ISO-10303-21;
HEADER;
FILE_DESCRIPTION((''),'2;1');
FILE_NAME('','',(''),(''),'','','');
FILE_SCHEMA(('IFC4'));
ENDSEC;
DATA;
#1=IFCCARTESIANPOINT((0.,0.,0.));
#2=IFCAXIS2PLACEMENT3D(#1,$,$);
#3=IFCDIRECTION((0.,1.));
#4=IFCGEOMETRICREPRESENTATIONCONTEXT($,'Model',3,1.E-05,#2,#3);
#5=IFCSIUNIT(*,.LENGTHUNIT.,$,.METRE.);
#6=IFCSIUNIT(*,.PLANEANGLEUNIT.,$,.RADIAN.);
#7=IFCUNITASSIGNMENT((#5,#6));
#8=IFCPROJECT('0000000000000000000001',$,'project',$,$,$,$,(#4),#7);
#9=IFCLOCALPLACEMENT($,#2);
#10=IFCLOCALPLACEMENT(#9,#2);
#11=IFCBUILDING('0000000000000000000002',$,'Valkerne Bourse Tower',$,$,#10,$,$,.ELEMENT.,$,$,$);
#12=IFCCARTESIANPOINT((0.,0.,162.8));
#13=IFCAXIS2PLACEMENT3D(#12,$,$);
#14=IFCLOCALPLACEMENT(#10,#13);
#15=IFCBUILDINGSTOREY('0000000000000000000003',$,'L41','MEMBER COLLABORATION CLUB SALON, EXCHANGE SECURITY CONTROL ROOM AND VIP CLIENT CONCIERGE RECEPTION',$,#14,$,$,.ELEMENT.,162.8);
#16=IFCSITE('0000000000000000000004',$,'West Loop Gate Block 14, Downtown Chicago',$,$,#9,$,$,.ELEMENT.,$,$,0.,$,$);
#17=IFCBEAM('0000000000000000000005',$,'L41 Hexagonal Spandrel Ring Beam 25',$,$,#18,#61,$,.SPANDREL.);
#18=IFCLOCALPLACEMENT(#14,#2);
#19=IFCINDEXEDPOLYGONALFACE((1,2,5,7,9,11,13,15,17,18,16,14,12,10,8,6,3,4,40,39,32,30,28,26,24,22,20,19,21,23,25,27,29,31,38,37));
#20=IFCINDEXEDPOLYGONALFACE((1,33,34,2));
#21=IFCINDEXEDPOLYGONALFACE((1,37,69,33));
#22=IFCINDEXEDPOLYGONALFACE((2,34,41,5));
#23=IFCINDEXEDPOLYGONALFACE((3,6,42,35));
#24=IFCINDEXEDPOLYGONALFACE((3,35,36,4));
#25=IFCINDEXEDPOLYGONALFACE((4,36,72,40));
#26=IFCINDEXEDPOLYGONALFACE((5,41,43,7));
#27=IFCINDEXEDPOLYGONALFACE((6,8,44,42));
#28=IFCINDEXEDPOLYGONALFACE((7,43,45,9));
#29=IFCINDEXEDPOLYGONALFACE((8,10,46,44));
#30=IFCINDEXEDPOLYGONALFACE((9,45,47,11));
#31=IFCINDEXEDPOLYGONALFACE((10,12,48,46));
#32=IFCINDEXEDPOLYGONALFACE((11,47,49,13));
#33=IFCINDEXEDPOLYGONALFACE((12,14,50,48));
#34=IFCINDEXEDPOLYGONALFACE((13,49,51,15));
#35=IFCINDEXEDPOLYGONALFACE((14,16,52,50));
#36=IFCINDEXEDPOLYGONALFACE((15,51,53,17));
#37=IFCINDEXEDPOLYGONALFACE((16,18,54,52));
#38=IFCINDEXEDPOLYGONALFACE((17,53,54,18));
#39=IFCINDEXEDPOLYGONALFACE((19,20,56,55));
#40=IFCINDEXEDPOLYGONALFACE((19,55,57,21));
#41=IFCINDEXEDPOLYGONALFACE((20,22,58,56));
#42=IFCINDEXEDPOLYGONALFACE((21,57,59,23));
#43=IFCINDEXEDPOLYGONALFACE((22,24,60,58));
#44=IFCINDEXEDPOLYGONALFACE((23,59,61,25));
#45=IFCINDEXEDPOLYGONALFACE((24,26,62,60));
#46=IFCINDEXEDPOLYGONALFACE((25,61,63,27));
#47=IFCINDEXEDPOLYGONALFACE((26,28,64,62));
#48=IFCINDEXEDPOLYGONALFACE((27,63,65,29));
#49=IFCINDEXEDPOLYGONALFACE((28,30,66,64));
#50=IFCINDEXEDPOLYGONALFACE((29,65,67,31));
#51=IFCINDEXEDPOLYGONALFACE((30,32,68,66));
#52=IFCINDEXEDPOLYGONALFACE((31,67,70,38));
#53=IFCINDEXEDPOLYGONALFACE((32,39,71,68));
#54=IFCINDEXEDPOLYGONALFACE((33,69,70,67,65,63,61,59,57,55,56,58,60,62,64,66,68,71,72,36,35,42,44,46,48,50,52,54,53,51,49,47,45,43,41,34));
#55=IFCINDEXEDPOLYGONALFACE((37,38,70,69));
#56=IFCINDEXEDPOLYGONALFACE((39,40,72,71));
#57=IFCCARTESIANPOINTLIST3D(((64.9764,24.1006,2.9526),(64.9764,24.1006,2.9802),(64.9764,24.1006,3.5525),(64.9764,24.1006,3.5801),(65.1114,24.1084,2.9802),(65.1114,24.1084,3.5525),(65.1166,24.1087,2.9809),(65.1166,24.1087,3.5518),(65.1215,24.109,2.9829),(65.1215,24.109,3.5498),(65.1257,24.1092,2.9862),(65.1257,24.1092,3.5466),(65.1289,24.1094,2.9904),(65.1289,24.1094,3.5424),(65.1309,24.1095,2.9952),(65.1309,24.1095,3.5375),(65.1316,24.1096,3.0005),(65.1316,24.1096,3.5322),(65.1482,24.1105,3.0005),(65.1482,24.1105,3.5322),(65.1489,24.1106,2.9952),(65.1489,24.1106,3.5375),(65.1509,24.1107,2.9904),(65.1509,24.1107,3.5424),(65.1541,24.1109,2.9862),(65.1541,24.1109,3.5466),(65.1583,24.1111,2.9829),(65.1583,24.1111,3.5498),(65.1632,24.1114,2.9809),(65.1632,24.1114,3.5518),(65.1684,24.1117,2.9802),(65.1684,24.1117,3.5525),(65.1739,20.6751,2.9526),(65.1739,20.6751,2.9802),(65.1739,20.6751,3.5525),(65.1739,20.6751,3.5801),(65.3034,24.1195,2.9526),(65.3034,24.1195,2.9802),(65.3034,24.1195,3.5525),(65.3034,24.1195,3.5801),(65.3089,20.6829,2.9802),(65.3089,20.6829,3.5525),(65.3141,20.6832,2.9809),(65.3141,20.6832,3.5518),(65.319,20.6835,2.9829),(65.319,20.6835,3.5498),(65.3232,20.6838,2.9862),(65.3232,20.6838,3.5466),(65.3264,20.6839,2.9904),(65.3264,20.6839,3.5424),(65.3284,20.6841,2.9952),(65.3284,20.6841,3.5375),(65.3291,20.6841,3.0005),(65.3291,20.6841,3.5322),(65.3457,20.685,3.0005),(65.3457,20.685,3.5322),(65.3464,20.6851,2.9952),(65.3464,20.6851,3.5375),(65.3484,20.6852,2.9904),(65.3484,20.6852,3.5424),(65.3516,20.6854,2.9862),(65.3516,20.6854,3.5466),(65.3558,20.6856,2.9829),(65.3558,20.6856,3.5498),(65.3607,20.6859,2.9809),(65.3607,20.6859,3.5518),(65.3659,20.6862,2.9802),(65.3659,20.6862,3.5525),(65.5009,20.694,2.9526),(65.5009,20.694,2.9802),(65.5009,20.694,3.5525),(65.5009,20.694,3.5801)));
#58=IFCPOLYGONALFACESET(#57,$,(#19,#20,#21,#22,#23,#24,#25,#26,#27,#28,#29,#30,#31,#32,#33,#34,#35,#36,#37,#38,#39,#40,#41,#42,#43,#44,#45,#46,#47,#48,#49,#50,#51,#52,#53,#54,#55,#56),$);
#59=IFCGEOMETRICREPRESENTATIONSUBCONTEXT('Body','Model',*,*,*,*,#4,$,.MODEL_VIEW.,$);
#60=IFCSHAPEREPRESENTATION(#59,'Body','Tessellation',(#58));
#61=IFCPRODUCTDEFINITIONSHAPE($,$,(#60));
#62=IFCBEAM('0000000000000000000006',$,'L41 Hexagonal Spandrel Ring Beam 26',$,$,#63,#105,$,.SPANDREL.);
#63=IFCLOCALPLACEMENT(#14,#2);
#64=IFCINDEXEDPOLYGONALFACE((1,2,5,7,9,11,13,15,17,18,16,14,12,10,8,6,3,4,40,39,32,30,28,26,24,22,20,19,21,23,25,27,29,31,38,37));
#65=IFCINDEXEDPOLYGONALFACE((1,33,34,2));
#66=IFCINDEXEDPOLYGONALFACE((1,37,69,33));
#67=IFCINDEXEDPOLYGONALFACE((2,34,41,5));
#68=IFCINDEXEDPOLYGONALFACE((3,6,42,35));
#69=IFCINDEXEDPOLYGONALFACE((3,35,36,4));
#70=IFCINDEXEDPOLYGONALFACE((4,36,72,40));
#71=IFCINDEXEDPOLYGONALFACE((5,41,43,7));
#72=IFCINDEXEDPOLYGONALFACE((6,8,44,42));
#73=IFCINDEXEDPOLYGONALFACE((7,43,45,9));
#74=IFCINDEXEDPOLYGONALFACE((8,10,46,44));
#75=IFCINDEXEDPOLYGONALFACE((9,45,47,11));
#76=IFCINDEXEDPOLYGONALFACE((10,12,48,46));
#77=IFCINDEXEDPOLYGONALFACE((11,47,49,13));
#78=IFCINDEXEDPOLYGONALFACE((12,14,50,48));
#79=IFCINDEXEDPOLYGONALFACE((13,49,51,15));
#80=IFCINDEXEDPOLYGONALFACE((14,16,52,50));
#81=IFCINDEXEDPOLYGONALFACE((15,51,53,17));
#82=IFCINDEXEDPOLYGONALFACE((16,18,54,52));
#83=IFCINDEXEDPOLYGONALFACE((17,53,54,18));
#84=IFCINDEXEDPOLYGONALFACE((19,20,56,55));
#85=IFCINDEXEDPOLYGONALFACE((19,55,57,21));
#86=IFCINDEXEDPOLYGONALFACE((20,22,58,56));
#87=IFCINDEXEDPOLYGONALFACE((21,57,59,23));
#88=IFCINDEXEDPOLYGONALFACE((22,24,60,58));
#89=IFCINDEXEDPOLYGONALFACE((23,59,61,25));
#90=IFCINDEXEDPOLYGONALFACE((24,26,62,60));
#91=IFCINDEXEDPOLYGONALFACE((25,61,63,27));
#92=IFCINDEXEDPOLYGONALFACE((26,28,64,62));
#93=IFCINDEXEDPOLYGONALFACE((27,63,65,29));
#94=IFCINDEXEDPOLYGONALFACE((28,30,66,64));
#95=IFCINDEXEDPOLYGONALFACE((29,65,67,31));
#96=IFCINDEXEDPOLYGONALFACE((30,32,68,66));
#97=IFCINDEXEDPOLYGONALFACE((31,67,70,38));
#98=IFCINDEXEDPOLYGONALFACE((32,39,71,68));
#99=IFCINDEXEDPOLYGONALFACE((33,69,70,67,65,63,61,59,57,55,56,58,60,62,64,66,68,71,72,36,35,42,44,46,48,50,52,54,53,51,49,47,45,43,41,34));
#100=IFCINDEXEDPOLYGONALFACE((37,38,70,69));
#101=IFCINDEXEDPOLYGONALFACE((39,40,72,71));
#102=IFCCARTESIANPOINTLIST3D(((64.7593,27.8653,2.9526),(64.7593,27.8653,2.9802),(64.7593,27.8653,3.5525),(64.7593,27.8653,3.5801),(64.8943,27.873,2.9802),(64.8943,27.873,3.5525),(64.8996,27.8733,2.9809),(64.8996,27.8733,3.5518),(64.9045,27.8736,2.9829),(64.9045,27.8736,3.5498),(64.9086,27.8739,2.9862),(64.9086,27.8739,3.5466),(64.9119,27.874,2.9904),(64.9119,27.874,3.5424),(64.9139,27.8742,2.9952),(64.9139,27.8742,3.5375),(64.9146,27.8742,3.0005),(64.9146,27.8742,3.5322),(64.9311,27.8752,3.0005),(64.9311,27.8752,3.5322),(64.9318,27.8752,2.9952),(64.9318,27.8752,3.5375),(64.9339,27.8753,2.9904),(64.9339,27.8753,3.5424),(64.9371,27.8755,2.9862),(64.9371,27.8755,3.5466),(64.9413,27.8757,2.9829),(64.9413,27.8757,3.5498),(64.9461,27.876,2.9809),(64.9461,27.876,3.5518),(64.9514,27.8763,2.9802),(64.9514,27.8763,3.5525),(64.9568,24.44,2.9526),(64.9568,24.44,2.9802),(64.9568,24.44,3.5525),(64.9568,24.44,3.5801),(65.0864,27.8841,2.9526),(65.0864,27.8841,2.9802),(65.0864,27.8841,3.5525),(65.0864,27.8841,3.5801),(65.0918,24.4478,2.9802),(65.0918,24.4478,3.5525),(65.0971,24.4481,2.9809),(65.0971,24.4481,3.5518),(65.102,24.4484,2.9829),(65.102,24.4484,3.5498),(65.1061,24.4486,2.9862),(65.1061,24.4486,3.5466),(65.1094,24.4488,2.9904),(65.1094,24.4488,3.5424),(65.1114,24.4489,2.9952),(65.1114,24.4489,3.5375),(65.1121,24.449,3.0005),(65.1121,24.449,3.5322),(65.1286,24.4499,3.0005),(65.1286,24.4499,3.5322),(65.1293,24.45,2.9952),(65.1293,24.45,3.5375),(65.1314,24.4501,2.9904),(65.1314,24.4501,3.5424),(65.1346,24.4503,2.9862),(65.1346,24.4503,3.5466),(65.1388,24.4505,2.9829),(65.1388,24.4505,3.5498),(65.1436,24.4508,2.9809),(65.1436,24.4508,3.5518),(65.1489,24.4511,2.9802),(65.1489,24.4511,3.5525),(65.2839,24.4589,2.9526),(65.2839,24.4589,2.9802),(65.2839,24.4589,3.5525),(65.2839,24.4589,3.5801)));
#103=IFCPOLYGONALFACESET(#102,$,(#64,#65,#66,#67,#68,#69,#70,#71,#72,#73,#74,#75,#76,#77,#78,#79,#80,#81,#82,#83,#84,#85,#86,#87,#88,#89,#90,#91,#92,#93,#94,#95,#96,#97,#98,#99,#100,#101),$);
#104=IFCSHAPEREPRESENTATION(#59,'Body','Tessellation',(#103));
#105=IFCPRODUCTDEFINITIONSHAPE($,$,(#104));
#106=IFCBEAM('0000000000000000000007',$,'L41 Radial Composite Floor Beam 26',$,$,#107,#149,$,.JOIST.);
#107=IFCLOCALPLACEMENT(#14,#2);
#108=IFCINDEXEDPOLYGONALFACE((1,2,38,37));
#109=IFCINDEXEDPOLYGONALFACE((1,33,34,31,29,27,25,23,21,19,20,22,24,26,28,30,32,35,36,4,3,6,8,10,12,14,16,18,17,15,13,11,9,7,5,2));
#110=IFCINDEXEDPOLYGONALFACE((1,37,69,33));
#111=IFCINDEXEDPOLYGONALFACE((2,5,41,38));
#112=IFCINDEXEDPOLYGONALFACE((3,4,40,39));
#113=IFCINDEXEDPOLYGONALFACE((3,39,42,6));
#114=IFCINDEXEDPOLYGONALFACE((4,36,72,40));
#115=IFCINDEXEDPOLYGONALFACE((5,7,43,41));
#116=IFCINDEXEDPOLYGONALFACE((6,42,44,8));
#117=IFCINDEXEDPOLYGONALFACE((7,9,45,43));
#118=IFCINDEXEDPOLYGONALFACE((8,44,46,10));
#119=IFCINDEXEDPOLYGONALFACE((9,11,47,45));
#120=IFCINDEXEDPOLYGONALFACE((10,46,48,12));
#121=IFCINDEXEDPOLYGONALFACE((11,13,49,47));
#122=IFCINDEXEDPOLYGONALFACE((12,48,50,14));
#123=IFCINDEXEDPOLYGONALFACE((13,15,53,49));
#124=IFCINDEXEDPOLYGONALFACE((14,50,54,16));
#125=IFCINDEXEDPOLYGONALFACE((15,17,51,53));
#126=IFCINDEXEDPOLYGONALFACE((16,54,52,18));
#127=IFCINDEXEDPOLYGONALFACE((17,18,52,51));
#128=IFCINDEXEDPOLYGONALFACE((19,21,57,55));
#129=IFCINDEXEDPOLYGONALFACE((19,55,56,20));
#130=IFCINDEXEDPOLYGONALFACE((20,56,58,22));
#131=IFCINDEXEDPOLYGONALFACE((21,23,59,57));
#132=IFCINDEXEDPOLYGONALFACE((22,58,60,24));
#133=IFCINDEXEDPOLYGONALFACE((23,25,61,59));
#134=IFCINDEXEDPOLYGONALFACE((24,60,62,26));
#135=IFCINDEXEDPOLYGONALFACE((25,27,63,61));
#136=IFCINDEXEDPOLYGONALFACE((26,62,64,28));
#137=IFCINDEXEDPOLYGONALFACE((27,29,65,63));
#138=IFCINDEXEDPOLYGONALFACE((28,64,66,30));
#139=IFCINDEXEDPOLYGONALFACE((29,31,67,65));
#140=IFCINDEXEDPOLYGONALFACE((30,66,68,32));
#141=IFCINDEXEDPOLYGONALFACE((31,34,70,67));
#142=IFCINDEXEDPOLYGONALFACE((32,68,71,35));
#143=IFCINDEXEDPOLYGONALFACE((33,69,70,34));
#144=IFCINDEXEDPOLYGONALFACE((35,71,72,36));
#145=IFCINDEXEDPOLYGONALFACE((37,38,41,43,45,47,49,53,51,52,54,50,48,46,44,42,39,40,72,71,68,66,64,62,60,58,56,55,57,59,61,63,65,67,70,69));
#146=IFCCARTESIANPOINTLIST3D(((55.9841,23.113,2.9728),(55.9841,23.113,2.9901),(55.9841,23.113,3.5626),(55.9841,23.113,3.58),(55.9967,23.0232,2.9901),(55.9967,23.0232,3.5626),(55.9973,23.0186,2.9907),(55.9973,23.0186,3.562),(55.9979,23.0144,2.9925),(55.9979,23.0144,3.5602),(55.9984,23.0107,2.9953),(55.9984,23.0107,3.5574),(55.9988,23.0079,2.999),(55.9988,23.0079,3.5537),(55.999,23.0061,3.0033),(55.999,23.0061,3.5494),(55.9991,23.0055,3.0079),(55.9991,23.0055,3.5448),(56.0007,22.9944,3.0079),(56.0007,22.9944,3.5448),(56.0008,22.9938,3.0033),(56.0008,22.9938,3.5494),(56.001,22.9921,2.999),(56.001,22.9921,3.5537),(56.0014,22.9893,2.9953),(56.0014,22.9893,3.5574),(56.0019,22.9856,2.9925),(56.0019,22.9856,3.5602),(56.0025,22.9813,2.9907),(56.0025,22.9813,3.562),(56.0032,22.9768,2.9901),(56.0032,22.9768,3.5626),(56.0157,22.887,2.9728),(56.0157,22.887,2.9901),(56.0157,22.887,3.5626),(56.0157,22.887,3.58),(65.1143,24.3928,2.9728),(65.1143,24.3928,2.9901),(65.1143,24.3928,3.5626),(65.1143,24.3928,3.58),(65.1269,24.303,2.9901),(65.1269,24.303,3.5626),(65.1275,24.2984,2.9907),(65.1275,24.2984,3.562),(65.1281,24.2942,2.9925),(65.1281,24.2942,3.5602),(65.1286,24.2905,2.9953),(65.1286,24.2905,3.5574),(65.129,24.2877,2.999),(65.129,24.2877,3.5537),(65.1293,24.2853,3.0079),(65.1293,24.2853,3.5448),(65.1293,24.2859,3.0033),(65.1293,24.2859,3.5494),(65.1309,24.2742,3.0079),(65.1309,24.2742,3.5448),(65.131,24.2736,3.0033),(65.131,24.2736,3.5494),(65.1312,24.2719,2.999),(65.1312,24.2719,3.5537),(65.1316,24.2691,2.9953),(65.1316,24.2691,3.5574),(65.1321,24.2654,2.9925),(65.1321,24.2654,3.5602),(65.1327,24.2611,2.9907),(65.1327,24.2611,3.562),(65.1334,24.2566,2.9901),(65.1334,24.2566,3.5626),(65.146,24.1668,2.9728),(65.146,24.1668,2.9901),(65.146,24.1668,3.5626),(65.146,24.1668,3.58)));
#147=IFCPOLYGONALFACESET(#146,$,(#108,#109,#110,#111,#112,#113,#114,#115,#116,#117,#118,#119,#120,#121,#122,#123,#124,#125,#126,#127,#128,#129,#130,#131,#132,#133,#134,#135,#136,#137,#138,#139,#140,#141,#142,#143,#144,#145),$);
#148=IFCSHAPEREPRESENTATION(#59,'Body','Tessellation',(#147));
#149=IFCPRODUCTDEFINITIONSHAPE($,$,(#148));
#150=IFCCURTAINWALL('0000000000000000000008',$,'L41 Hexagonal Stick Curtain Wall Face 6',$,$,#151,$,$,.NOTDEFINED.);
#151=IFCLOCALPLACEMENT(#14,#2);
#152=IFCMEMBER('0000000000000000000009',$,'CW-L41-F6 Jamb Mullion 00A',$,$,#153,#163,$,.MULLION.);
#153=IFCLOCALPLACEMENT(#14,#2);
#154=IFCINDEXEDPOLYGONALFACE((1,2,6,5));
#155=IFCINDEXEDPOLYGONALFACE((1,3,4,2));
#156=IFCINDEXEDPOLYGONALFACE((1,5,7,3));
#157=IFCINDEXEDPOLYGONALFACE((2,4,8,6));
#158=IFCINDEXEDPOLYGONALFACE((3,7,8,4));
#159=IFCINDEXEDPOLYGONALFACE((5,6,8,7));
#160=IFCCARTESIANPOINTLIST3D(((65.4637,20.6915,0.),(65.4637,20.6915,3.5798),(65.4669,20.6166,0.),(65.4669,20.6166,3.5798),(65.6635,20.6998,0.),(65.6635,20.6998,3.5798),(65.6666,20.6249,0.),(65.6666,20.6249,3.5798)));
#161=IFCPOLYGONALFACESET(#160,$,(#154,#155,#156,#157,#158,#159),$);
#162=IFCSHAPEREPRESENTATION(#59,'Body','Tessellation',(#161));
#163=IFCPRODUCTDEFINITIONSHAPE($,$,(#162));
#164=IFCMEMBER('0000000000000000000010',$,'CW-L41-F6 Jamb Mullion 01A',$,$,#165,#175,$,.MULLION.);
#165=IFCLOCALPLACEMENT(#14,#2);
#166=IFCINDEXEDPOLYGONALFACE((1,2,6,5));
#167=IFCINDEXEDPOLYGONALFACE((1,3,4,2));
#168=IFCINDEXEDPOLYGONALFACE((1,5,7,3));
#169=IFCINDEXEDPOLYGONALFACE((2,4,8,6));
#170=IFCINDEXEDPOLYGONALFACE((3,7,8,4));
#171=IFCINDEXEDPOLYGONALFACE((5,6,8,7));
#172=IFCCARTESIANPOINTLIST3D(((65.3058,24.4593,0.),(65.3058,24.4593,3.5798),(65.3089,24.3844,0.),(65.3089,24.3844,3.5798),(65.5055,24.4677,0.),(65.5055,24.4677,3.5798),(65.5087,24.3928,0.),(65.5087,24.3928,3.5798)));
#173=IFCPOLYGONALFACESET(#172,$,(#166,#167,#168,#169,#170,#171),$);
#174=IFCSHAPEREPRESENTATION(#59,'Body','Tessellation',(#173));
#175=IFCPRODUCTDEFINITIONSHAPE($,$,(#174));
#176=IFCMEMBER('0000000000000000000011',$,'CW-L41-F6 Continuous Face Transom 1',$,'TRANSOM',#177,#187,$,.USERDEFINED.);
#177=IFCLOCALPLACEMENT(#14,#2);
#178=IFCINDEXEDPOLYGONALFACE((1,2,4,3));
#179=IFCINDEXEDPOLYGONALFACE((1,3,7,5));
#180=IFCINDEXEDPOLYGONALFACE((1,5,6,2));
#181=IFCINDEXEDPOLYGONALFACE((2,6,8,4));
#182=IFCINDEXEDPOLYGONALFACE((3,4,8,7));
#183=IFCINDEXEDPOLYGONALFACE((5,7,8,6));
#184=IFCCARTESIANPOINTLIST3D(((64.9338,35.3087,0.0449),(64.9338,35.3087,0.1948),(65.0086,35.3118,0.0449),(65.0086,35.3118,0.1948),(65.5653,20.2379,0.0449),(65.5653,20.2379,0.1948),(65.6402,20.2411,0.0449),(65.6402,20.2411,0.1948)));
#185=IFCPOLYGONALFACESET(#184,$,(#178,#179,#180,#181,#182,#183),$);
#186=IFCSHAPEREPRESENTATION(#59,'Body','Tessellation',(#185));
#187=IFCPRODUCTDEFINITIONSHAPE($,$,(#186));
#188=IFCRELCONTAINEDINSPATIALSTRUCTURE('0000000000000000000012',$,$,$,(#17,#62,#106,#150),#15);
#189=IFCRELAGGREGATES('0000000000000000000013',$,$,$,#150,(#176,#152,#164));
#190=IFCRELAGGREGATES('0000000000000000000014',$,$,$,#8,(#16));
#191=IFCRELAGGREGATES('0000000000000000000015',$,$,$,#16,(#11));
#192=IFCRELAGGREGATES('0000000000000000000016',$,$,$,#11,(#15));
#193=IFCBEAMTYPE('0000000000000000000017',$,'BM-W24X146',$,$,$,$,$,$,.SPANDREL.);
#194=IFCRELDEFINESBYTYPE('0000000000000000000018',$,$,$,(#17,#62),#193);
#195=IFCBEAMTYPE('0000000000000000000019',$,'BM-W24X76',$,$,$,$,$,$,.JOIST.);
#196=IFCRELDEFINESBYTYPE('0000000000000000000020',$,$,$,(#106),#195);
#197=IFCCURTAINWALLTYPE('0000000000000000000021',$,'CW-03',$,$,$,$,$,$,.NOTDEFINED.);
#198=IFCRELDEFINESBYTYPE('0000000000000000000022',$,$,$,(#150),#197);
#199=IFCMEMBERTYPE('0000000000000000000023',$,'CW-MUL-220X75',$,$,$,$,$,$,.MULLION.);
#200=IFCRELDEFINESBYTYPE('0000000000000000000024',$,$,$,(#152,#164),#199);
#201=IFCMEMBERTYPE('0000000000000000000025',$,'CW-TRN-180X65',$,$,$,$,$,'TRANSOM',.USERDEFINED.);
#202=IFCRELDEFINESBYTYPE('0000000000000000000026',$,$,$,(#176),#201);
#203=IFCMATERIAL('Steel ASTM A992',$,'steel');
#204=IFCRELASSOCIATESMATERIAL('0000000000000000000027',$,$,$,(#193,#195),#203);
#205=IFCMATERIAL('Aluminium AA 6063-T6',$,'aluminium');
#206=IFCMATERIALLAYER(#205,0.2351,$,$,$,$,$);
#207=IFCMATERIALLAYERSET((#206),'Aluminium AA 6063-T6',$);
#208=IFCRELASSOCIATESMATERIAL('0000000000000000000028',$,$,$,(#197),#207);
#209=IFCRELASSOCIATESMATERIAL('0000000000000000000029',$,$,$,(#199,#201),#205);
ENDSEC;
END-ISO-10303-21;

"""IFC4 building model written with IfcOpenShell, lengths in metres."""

from ifc_helpers import new_model, si_unit, direction, frame, origin, origin_2d, place, context, subcontext, project, spatial, rectangle, i_section, extrude, material, layer, layer_set, material_profile, profile_set, type_object, element, aggregate, save


model = new_model("IFC4")

# Units and contexts
model_context = context("Model", 3, precision=1e-05, world=origin(), true_north=direction((0.0, 1.0)))
body_context = subcontext(model_context, "Body", "Model", "MODEL_VIEW")
ifc_project = project(units=[si_unit("LENGTHUNIT", "METRE"), si_unit("PLANEANGLEUNIT", "RADIAN")], contexts=[model_context])

# Site, building, storey
site_placement = place(None, origin())
site = spatial("IfcSite", under=ifc_project, at=site_placement, Name="West Loop Gate Block 14, Downtown Chicago", CompositionType="ELEMENT", RefElevation=0.0)
building_placement = place(site_placement, origin())
building = spatial("IfcBuilding", under=site, at=building_placement, Name="Valkerne Bourse Tower", CompositionType="ELEMENT")
storey_placement = place(building_placement, frame((0.0, 0.0, 162.8)))
storey = spatial("IfcBuildingStorey", under=building, at=storey_placement, Name="L41", Description="MEMBER COLLABORATION CLUB SALON, EXCHANGE SECURITY CONTROL ROOM AND VIP CLIENT CONCIERGE RECEPTION", CompositionType="ELEMENT", Elevation=162.8)

# Beams
ifc_material_1 = material(Name="Steel ASTM A992", Category="steel")
ifc_material_profile_1 = material_profile(ifc_material_1, i_section(OverallWidth=0.3276, OverallDepth=0.6274, WebThickness=0.0166, FlangeThickness=0.0276, FilletRadius=0.0203, at=origin_2d()), Name="W24X146")
ifc_profile_set_1 = profile_set([ifc_material_profile_1], Name="Steel ASTM A992")
beam_type_1 = type_object("IfcBeamType", Name="BM-W24X146", PredefinedType="SPANDREL", material=ifc_profile_set_1)
beam_1_placement = place(storey_placement, frame((65.3374, 20.6846, 3.2664), z_axis=(-0.057562, 0.998342, 0.0), x_axis=(-0.998342, -0.057562, 0.0)))
element("IfcBeam", 1, at=beam_1_placement, inside=storey, type_object=beam_type_1, Name="L41 Hexagonal Spandrel Ring Beam 25", PredefinedType="SPANDREL", context=body_context, shape_type="SweptSolid", body=[
    extrude(i_section(OverallWidth=0.3276, OverallDepth=0.6274, WebThickness=0.0166, FlangeThickness=0.0276, FilletRadius=0.0203, at=origin_2d()), origin(), (0.0, 0.0, 1.0), 3.4312),
])
beam_2_placement = place(storey_placement, frame((65.1204, 24.4495, 3.2664), z_axis=(-0.057567, 0.998342, 0.0), x_axis=(-0.998342, -0.057567, 0.0)))
element("IfcBeam", 2, at=beam_2_placement, inside=storey, type_object=beam_type_1, Name="L41 Hexagonal Spandrel Ring Beam 26", PredefinedType="SPANDREL", context=body_context, shape_type="SweptSolid", body=[
    extrude(i_section(OverallWidth=0.3276, OverallDepth=0.6274, WebThickness=0.0166, FlangeThickness=0.0276, FilletRadius=0.0203, at=origin_2d()), origin(), (0.0, 0.0, 1.0), 3.4309),
])
ifc_material_profile_2 = material_profile(ifc_material_1, i_section(OverallWidth=0.2283, OverallDepth=0.6072, WebThickness=0.0112, FlangeThickness=0.0173, FilletRadius=0.0178, at=origin_2d()), Name="W24X76")
ifc_profile_set_2 = profile_set([ifc_material_profile_2], Name="Steel ASTM A992")
beam_type_2 = type_object("IfcBeamType", Name="BM-W24X76", PredefinedType="JOIST", material=ifc_profile_set_2)
beam_3_placement = place(storey_placement, frame((65.1301, 24.2798, 3.2764), z_axis=(-0.990318, -0.138815, 0.0), x_axis=(0.138815, -0.990318, 0.0)))
element("IfcBeam", 3, at=beam_3_placement, inside=storey, type_object=beam_type_2, Name="L41 Radial Composite Floor Beam 26", PredefinedType="JOIST", context=body_context, shape_type="SweptSolid", body=[
    extrude(i_section(OverallWidth=0.2283, OverallDepth=0.6072, WebThickness=0.0112, FlangeThickness=0.0173, FilletRadius=0.0178, at=origin_2d()), origin(), (0.0, 0.0, 1.0), 9.2195),
])

# Curtain wall, members
ifc_material_2 = material(Name="Aluminium AA 6063-T6", Category="aluminium")
ifc_layer_1 = layer(ifc_material_2, 0.2351)
ifc_layer_set_1 = layer_set([ifc_layer_1], Name="Aluminium AA 6063-T6")
curtain_wall_type = type_object("IfcCurtainWallType", Name="CW-03", PredefinedType="NOTDEFINED", material=ifc_layer_set_1)
curtain_wall_placement = place(storey_placement, origin())
curtain_wall = element("IfcCurtainWall", 4, at=curtain_wall_placement, inside=storey, type_object=curtain_wall_type, Name="L41 Hexagonal Stick Curtain Wall Face 6", PredefinedType="NOTDEFINED")
ifc_material_profile_3 = material_profile(ifc_material_2, rectangle(XDim=0.075, YDim=0.2, at=origin_2d()), Name="CWM-75X200")
ifc_profile_set_3 = profile_set([ifc_material_profile_3], Name="Aluminium AA 6063-T6")
member_type_1 = type_object("IfcMemberType", Name="CW-MUL-220X75", PredefinedType="MULLION", material=ifc_profile_set_3)
member_1_placement = place(storey_placement, frame((65.5652, 20.6582, 0.0), z_axis=(0.0, 0.0, 1.0), x_axis=(-0.041872, 0.999123, 0.0)))
member_1 = element("IfcMember", 5, at=member_1_placement, type_object=member_type_1, Name="CW-L41-F6 Jamb Mullion 00A", PredefinedType="MULLION", context=body_context, shape_type="SweptSolid", body=[
    extrude(rectangle(XDim=0.075, YDim=0.2, at=origin_2d()), origin(), (0.0, 0.0, 1.0), 3.5798),
])
member_2_placement = place(storey_placement, frame((65.4072, 24.426, 0.0), z_axis=(0.0, 0.0, 1.0), x_axis=(-0.041872, 0.999123, 0.0)))
member_2 = element("IfcMember", 6, at=member_2_placement, type_object=member_type_1, Name="CW-L41-F6 Jamb Mullion 01A", PredefinedType="MULLION", context=body_context, shape_type="SweptSolid", body=[
    extrude(rectangle(XDim=0.075, YDim=0.2, at=origin_2d()), origin(), (0.0, 0.0, 1.0), 3.5798),
])
ifc_material_profile_4 = material_profile(ifc_material_2, rectangle(XDim=0.075, YDim=0.1499, at=origin_2d()), Name="CWT-75X150")
ifc_profile_set_4 = profile_set([ifc_material_profile_4], Name="Aluminium AA 6063-T6")
member_type_2 = type_object("IfcMemberType", Name="CW-TRN-180X65", ElementType="TRANSOM", PredefinedType="USERDEFINED", material=ifc_profile_set_4)
member_3_placement = place(storey_placement, frame((65.6028, 20.2395, 0.1199), z_axis=(-0.041872, 0.999123, 0.0), x_axis=(-0.999123, -0.041872, 0.0)))
member_3 = element("IfcMember", 7, at=member_3_placement, type_object=member_type_2, Name="CW-L41-F6 Continuous Face Transom 1", ObjectType="TRANSOM", PredefinedType="USERDEFINED", context=body_context, shape_type="SweptSolid", body=[
    extrude(rectangle(XDim=0.075, YDim=0.1499, at=origin_2d()), origin(), (0.0, 0.0, 1.0), 15.084),
])

aggregate(curtain_wall, [member_3, member_1, member_2])

save(model, "model.ifc")
